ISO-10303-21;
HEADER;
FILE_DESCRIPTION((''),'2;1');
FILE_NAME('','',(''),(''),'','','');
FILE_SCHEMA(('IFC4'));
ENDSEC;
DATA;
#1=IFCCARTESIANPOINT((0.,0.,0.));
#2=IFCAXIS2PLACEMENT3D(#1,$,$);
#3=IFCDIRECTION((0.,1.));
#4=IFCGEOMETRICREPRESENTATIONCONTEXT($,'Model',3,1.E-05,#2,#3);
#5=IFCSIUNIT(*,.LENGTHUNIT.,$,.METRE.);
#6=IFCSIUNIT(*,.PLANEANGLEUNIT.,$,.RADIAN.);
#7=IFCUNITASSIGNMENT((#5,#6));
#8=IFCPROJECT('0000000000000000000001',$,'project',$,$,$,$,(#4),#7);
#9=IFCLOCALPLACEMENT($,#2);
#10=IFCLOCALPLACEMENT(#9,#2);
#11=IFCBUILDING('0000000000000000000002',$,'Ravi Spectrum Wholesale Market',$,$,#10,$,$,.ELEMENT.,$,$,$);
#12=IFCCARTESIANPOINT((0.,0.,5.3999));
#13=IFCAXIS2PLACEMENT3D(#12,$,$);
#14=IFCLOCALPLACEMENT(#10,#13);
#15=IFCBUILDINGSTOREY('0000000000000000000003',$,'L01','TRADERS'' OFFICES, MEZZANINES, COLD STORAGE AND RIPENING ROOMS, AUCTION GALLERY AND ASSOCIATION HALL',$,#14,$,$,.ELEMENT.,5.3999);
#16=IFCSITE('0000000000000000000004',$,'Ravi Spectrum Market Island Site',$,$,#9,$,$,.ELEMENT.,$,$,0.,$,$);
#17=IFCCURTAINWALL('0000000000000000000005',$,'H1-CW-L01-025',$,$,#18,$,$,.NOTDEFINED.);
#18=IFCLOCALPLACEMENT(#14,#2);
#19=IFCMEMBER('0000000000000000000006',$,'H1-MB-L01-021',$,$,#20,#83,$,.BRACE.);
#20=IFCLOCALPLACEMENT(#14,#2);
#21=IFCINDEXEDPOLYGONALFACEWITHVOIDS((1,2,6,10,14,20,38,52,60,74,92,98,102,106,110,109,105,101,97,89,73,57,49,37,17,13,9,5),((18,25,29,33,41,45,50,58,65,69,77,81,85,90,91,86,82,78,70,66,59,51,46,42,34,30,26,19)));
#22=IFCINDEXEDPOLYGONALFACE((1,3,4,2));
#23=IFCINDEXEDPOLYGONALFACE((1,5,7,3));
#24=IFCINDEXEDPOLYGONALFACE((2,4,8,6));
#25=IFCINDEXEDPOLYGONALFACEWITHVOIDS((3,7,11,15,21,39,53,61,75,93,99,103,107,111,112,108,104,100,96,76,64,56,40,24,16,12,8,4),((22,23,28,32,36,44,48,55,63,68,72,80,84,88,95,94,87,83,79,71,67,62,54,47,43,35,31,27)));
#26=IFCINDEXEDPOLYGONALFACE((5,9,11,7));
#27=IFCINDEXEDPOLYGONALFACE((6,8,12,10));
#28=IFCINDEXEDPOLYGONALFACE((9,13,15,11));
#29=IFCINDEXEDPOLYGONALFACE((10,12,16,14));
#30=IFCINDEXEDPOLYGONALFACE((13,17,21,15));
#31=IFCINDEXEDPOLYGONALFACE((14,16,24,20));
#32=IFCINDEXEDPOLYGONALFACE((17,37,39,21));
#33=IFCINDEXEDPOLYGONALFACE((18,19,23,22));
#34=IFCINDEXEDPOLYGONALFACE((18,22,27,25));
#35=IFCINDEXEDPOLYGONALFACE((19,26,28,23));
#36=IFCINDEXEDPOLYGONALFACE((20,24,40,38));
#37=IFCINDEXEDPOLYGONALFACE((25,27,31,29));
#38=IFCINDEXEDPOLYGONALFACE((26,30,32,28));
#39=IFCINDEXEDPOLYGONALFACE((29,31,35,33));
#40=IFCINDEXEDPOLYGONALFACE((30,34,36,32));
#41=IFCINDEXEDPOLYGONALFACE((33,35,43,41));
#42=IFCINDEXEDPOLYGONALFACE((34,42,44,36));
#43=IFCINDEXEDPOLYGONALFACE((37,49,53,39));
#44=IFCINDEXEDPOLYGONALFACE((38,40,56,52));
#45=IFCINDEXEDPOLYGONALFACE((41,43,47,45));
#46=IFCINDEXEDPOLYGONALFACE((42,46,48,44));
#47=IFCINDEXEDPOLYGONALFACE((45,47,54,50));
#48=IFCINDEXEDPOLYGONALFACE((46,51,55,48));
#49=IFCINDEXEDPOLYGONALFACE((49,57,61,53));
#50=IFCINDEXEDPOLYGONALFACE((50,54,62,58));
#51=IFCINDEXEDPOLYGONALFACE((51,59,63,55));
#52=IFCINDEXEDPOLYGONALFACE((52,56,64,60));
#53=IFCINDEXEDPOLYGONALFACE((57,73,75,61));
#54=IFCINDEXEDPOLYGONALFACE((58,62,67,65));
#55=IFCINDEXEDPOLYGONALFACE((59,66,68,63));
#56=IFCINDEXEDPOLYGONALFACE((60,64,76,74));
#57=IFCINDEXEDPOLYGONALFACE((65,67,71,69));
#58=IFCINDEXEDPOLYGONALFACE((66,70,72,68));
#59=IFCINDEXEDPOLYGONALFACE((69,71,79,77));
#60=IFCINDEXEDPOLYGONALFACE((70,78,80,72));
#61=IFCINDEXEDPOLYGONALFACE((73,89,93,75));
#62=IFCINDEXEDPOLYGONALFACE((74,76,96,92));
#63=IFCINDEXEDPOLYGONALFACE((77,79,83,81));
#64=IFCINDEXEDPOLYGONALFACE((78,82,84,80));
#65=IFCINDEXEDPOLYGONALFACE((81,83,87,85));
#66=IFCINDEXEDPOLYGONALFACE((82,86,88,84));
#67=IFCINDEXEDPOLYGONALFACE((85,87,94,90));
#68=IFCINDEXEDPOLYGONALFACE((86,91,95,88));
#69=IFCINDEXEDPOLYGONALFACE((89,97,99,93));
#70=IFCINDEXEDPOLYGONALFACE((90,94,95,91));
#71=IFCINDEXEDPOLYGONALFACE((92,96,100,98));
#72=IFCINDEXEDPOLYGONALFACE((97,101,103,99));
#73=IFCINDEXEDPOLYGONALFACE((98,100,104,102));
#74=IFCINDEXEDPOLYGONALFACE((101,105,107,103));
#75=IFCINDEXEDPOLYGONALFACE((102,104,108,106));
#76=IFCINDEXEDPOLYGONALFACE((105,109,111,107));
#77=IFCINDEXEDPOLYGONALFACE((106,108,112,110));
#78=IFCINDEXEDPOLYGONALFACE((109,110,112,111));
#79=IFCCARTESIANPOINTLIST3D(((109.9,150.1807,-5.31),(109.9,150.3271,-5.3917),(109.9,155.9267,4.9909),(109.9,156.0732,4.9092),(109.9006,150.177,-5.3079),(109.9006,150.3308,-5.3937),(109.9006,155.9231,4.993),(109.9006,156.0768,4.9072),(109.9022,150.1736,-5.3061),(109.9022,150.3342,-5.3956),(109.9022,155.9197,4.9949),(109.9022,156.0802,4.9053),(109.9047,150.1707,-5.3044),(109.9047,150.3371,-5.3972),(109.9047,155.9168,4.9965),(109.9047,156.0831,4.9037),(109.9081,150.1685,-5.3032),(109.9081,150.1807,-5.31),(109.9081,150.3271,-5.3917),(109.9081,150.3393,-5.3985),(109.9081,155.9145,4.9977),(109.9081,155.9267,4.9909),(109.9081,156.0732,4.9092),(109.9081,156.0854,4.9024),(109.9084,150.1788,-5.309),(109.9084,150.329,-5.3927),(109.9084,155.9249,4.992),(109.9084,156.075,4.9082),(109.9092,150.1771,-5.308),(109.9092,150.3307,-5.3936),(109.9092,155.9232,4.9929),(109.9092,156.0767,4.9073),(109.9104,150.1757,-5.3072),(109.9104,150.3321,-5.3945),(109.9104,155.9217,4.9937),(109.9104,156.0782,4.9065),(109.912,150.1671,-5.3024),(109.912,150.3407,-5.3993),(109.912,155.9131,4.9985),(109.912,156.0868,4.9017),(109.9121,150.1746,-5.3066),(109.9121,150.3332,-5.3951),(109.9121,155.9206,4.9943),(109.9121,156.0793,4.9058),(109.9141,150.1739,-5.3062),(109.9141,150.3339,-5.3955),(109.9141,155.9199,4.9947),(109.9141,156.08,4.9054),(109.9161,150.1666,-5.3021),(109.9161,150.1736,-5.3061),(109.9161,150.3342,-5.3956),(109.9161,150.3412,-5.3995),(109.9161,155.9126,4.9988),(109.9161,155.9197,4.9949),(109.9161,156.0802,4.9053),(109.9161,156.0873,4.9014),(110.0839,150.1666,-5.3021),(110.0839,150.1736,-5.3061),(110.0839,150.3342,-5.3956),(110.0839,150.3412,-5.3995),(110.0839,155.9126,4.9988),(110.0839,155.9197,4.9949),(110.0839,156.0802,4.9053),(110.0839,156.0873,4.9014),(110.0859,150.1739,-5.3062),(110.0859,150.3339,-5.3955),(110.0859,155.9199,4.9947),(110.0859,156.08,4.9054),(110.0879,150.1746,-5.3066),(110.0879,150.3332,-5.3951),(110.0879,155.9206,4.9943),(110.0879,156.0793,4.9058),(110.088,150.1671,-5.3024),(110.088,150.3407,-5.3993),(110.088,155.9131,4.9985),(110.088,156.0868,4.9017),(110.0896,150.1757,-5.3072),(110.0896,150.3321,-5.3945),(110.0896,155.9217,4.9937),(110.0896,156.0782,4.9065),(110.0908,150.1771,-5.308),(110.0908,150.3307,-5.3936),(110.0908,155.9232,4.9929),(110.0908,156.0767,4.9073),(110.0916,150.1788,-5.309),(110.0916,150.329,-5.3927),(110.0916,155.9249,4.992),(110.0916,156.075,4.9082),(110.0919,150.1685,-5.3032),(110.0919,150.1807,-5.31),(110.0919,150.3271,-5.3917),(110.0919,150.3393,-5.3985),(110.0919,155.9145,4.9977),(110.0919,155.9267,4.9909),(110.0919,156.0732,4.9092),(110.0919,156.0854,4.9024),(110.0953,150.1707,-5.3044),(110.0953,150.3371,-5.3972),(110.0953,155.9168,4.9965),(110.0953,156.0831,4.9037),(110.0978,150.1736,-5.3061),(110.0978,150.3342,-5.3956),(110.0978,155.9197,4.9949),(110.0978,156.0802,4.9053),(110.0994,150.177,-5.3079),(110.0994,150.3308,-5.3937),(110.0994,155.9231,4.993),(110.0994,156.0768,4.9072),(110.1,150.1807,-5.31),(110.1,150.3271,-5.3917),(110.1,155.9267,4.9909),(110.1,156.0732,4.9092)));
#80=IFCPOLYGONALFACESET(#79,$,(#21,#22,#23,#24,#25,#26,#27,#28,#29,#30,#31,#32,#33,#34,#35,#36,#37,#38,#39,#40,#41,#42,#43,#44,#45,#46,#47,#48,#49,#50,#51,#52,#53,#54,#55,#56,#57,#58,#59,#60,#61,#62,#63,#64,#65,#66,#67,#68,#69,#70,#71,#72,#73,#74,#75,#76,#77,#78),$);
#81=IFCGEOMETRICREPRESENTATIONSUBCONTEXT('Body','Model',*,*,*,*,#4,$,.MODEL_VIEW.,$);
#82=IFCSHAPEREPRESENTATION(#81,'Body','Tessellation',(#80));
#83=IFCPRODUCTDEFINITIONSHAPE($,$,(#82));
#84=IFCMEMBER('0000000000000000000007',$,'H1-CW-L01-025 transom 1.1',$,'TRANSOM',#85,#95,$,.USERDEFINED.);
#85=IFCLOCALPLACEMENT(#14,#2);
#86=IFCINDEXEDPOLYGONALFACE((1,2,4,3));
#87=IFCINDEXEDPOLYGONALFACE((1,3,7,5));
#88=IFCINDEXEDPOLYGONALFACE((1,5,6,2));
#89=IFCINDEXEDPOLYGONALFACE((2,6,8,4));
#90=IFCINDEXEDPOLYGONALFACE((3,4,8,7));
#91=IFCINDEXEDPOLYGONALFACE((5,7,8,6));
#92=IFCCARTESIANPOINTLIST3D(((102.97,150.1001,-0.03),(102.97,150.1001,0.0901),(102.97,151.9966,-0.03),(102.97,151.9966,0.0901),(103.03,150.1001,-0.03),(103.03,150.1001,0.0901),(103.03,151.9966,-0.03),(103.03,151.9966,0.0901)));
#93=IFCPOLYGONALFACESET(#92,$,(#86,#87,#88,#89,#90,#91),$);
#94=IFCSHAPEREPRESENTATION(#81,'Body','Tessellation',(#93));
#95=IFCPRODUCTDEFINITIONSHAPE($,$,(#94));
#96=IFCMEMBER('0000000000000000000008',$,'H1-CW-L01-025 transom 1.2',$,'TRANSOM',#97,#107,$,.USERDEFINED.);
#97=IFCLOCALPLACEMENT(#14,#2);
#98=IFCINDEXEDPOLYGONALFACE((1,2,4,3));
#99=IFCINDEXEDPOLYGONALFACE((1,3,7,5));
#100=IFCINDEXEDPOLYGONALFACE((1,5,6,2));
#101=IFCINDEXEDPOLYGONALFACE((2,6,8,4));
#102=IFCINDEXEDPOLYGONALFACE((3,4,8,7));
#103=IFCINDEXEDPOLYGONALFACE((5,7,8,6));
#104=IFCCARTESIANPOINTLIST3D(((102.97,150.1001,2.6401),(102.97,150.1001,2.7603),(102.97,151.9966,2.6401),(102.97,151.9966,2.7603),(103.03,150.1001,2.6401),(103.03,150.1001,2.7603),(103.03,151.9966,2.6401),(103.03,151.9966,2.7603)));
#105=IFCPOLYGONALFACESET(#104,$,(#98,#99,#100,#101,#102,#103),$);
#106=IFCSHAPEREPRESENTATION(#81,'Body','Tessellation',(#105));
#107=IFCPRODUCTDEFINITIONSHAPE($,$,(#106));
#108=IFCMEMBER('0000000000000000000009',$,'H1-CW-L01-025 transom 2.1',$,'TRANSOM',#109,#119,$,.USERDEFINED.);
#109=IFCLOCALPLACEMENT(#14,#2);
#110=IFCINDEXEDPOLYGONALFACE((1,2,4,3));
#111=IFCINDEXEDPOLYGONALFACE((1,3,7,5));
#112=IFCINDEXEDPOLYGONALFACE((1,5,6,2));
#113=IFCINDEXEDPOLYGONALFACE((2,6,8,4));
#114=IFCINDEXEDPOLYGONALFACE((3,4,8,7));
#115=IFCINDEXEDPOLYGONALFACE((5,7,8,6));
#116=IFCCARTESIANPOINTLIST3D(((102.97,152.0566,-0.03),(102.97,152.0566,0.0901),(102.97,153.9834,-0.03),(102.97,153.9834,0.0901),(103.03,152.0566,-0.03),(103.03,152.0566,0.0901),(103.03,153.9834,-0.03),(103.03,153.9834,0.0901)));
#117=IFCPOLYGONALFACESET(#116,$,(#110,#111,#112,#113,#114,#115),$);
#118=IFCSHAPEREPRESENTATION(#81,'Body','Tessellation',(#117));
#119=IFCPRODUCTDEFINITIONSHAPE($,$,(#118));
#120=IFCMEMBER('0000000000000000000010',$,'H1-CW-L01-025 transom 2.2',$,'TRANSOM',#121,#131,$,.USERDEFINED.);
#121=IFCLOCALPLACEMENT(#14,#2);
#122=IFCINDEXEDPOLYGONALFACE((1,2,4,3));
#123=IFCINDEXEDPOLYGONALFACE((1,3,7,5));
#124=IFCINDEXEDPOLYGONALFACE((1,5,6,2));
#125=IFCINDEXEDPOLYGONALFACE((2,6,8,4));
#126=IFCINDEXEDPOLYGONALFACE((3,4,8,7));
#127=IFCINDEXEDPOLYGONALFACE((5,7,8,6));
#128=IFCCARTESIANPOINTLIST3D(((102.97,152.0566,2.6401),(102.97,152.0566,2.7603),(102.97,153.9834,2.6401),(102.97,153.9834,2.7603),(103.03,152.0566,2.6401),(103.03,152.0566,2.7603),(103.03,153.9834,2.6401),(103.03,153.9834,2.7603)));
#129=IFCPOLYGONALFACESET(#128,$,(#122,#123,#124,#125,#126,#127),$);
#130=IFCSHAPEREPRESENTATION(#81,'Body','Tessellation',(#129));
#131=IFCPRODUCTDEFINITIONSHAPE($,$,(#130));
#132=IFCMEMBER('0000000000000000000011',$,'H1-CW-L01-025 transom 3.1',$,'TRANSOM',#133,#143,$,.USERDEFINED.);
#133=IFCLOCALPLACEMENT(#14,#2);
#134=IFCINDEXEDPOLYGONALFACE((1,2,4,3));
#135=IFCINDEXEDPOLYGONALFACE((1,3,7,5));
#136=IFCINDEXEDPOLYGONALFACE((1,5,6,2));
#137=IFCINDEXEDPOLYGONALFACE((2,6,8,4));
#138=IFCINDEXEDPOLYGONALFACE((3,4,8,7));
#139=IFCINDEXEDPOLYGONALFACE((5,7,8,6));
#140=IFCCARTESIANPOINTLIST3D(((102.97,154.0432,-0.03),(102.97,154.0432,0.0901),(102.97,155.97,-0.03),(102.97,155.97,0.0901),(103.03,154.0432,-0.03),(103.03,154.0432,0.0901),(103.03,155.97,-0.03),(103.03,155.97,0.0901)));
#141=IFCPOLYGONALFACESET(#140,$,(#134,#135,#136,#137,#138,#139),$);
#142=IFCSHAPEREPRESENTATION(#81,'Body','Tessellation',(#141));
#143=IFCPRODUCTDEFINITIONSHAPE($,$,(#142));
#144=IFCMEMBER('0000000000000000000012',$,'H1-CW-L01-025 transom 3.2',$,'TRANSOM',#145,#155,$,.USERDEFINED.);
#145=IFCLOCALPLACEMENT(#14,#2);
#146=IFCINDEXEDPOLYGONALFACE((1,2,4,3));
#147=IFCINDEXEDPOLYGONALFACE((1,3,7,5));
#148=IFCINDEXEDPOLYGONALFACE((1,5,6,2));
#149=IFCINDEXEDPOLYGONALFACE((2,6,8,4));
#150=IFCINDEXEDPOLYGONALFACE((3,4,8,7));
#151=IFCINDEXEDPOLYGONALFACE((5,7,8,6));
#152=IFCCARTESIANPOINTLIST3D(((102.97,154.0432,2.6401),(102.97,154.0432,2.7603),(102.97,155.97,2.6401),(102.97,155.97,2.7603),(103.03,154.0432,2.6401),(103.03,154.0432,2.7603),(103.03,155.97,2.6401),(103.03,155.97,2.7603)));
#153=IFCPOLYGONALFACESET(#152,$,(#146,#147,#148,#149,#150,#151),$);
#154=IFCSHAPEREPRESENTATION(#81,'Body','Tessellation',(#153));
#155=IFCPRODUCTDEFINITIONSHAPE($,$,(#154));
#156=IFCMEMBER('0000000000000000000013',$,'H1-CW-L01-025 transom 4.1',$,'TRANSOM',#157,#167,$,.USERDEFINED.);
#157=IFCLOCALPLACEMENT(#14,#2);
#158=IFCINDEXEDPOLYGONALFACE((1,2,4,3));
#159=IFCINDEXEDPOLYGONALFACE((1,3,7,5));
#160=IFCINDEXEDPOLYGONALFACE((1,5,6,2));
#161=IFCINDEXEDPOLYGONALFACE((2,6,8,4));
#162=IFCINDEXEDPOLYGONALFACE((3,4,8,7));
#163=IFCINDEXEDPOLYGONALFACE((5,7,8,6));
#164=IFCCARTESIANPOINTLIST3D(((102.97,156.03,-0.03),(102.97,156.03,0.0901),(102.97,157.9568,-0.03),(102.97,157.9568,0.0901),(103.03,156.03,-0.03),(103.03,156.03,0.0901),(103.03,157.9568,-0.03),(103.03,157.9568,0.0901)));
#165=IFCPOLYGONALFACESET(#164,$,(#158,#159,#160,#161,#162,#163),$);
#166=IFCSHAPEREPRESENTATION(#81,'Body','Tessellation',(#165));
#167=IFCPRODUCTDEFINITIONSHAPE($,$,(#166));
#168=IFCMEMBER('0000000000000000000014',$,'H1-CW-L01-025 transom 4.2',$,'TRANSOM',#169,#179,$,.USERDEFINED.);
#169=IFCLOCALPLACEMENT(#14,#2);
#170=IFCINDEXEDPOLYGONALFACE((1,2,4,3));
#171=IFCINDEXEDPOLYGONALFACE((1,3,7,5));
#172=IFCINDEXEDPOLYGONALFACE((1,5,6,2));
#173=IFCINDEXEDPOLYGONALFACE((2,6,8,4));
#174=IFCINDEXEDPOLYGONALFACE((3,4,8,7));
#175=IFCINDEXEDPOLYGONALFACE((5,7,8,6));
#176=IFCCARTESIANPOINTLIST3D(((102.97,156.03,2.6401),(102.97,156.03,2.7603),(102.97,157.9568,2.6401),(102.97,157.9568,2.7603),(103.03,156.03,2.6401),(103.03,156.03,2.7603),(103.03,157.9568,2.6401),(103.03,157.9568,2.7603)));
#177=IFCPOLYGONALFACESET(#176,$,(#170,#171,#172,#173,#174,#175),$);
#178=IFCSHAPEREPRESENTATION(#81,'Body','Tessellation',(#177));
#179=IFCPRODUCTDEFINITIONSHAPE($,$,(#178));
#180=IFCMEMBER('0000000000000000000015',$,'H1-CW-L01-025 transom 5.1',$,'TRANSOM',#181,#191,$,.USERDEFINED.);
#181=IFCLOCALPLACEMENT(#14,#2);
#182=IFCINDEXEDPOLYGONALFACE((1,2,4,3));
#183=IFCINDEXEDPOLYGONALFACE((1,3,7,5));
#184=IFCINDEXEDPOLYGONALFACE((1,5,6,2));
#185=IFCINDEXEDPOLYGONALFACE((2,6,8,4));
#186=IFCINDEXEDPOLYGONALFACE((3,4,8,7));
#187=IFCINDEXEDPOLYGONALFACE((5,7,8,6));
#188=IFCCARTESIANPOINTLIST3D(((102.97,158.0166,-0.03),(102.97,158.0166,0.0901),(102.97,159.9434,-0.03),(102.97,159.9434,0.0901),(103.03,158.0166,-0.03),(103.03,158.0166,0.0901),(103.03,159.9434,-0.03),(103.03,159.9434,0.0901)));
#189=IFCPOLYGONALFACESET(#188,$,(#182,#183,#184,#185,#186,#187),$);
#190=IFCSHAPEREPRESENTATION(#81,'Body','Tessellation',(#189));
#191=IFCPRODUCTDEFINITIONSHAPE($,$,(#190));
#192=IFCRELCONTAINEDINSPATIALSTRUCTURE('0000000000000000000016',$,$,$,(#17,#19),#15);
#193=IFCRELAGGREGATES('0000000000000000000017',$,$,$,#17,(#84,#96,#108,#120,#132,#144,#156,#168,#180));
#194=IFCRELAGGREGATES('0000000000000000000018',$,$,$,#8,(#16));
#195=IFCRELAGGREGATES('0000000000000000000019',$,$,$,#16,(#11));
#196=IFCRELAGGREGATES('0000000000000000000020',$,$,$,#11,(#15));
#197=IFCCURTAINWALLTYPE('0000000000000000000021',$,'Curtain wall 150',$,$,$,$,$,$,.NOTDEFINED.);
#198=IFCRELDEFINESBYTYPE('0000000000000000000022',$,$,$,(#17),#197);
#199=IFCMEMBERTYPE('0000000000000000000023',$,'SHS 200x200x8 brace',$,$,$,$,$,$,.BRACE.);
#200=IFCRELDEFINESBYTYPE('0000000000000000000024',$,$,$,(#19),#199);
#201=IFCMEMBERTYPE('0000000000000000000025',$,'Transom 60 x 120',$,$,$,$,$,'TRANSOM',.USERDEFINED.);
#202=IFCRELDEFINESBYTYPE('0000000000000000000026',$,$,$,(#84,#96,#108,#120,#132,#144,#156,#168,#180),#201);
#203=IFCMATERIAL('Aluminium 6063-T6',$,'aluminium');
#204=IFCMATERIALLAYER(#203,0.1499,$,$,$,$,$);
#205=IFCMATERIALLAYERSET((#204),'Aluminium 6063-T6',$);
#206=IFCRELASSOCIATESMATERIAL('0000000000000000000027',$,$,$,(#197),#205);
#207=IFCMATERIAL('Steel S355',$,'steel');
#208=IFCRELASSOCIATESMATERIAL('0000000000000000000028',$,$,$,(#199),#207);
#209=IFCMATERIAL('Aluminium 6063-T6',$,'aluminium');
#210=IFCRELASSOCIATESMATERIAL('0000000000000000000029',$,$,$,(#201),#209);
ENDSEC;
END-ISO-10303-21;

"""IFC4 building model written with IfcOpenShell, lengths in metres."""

from ifc_helpers import new_model, si_unit, direction, frame, origin, origin_2d, place, context, subcontext, project, spatial, rectangle, hollow_rectangle, extrude, material, layer, layer_set, material_profile, profile_set, type_object, element, aggregate, save


model = new_model("IFC4")

# Units and contexts
model_context = context("Model", 3, precision=1e-05, world=origin(), true_north=direction((0.0, 1.0)))
body_context = subcontext(model_context, "Body", "Model", "MODEL_VIEW")
ifc_project = project(units=[si_unit("LENGTHUNIT", "METRE"), si_unit("PLANEANGLEUNIT", "RADIAN")], contexts=[model_context])

# Site, building, storey
site_placement = place(None, origin())
site = spatial("IfcSite", under=ifc_project, at=site_placement, Name="Ravi Spectrum Market Island Site", CompositionType="ELEMENT", RefElevation=0.0)
building_placement = place(site_placement, origin())
building = spatial("IfcBuilding", under=site, at=building_placement, Name="Ravi Spectrum Wholesale Market", CompositionType="ELEMENT")
storey_placement = place(building_placement, frame((0.0, 0.0, 5.3999)))
storey = spatial("IfcBuildingStorey", under=building, at=storey_placement, Name="L01", Description="TRADERS' OFFICES, MEZZANINES, COLD STORAGE AND RIPENING ROOMS, AUCTION GALLERY AND ASSOCIATION HALL", CompositionType="ELEMENT", Elevation=5.3999)

# Shared definitions
ifc_material_1 = material(Name="Aluminium 6063-T6", Category="aluminium")
ifc_layer_1 = layer(ifc_material_1, 0.1499)
ifc_layer_set_1 = layer_set([ifc_layer_1], Name="Aluminium 6063-T6")
curtain_wall_type = type_object("IfcCurtainWallType", Name="Curtain wall 150", PredefinedType="NOTDEFINED", material=ifc_layer_set_1)

# Curtain wall
curtain_wall_1_placement = place(storey_placement, origin())
curtain_wall_1 = element("IfcCurtainWall", 1, at=curtain_wall_1_placement, inside=storey, type_object=curtain_wall_type, Name="H1-CW-L01-025", PredefinedType="NOTDEFINED")

# Members
ifc_material_2 = material(Name="Steel S355", Category="steel")
ifc_material_profile_1 = material_profile(ifc_material_2, hollow_rectangle(XDim=0.2, YDim=0.2, WallThickness=0.0081, InnerFilletRadius=0.0081, OuterFilletRadius=0.0161, at=origin_2d()))
ifc_profile_set_1 = profile_set([ifc_material_profile_1], Name="Steel S355")
member_type_1 = type_object("IfcMemberType", Name="SHS 200x200x8 brace", PredefinedType="BRACE", material=ifc_profile_set_1)
member_1_placement = place(storey_placement, frame((110.0, 150.2539, -5.3508), z_axis=(0.0, 0.487152, 0.873317), x_axis=(-1.0, 0.0, 0.0)))
element("IfcMember", 2, at=member_1_placement, inside=storey, type_object=member_type_1, Name="H1-MB-L01-021", PredefinedType="BRACE", context=body_context, shape_type="SweptSolid", body=[
    extrude(hollow_rectangle(XDim=0.2, YDim=0.2, WallThickness=0.0081, InnerFilletRadius=0.0081, OuterFilletRadius=0.0161, at=origin_2d()), origin(), (0.0, 0.0, 1.0), 11.7952),
])
ifc_material_3 = material(Name="Aluminium 6063-T6", Category="aluminium")
ifc_material_profile_2 = material_profile(ifc_material_3, rectangle(XDim=0.0601, YDim=0.1201, at=origin_2d()))
ifc_profile_set_2 = profile_set([ifc_material_profile_2], Name="Aluminium 6063-T6")
member_type_2 = type_object("IfcMemberType", Name="Transom 60 x 120", ElementType="TRANSOM", PredefinedType="USERDEFINED", material=ifc_profile_set_2)
member_2_placement = place(storey_placement, frame((103.0, 150.1001, 0.03), z_axis=(0.0, 1.0, 0.0), x_axis=(-1.0, 0.0, 0.0)))
member_2 = element("IfcMember", 3, at=member_2_placement, type_object=member_type_2, Name="H1-CW-L01-025 transom 1.1", ObjectType="TRANSOM", PredefinedType="USERDEFINED", context=body_context, shape_type="SweptSolid", body=[
    extrude(rectangle(XDim=0.0601, YDim=0.1201, at=origin_2d()), origin(), (0.0, 0.0, 1.0), 1.8965),
])
member_3_placement = place(storey_placement, frame((103.0, 150.1001, 2.7002), z_axis=(0.0, 1.0, 0.0), x_axis=(-1.0, 0.0, 0.0)))
member_3 = element("IfcMember", 4, at=member_3_placement, type_object=member_type_2, Name="H1-CW-L01-025 transom 1.2", ObjectType="TRANSOM", PredefinedType="USERDEFINED", context=body_context, shape_type="SweptSolid", body=[
    extrude(rectangle(XDim=0.0601, YDim=0.1201, at=origin_2d()), origin(), (0.0, 0.0, 1.0), 1.8965),
])
member_4_placement = place(storey_placement, frame((103.0, 152.0566, 0.03), z_axis=(0.0, 1.0, 0.0), x_axis=(-1.0, 0.0, 0.0)))
member_4 = element("IfcMember", 5, at=member_4_placement, type_object=member_type_2, Name="H1-CW-L01-025 transom 2.1", ObjectType="TRANSOM", PredefinedType="USERDEFINED", context=body_context, shape_type="SweptSolid", body=[
    extrude(rectangle(XDim=0.0601, YDim=0.1201, at=origin_2d()), origin(), (0.0, 0.0, 1.0), 1.9268),
])
member_5_placement = place(storey_placement, frame((103.0, 152.0566, 2.7002), z_axis=(0.0, 1.0, 0.0), x_axis=(-1.0, 0.0, 0.0)))
member_5 = element("IfcMember", 6, at=member_5_placement, type_object=member_type_2, Name="H1-CW-L01-025 transom 2.2", ObjectType="TRANSOM", PredefinedType="USERDEFINED", context=body_context, shape_type="SweptSolid", body=[
    extrude(rectangle(XDim=0.0601, YDim=0.1201, at=origin_2d()), origin(), (0.0, 0.0, 1.0), 1.9268),
])
member_6_placement = place(storey_placement, frame((103.0, 154.0432, 0.03), z_axis=(0.0, 1.0, 0.0), x_axis=(-1.0, 0.0, 0.0)))
member_6 = element("IfcMember", 7, at=member_6_placement, type_object=member_type_2, Name="H1-CW-L01-025 transom 3.1", ObjectType="TRANSOM", PredefinedType="USERDEFINED", context=body_context, shape_type="SweptSolid", body=[
    extrude(rectangle(XDim=0.0601, YDim=0.1201, at=origin_2d()), origin(), (0.0, 0.0, 1.0), 1.9268),
])
member_7_placement = place(storey_placement, frame((103.0, 154.0432, 2.7002), z_axis=(0.0, 1.0, 0.0), x_axis=(-1.0, 0.0, 0.0)))
member_7 = element("IfcMember", 8, at=member_7_placement, type_object=member_type_2, Name="H1-CW-L01-025 transom 3.2", ObjectType="TRANSOM", PredefinedType="USERDEFINED", context=body_context, shape_type="SweptSolid", body=[
    extrude(rectangle(XDim=0.0601, YDim=0.1201, at=origin_2d()), origin(), (0.0, 0.0, 1.0), 1.9268),
])
member_8_placement = place(storey_placement, frame((103.0, 156.03, 0.03), z_axis=(0.0, 1.0, 0.0), x_axis=(-1.0, 0.0, 0.0)))
member_8 = element("IfcMember", 9, at=member_8_placement, type_object=member_type_2, Name="H1-CW-L01-025 transom 4.1", ObjectType="TRANSOM", PredefinedType="USERDEFINED", context=body_context, shape_type="SweptSolid", body=[
    extrude(rectangle(XDim=0.0601, YDim=0.1201, at=origin_2d()), origin(), (0.0, 0.0, 1.0), 1.9268),
])
member_9_placement = place(storey_placement, frame((103.0, 156.03, 2.7002), z_axis=(0.0, 1.0, 0.0), x_axis=(-1.0, 0.0, 0.0)))
member_9 = element("IfcMember", 10, at=member_9_placement, type_object=member_type_2, Name="H1-CW-L01-025 transom 4.2", ObjectType="TRANSOM", PredefinedType="USERDEFINED", context=body_context, shape_type="SweptSolid", body=[
    extrude(rectangle(XDim=0.0601, YDim=0.1201, at=origin_2d()), origin(), (0.0, 0.0, 1.0), 1.9268),
])
member_10_placement = place(storey_placement, frame((103.0, 158.0166, 0.03), z_axis=(0.0, 1.0, 0.0), x_axis=(-1.0, 0.0, 0.0)))
member_10 = element("IfcMember", 11, at=member_10_placement, type_object=member_type_2, Name="H1-CW-L01-025 transom 5.1", ObjectType="TRANSOM", PredefinedType="USERDEFINED", context=body_context, shape_type="SweptSolid", body=[
    extrude(rectangle(XDim=0.0601, YDim=0.1201, at=origin_2d()), origin(), (0.0, 0.0, 1.0), 1.9268),
])

aggregate(curtain_wall_1, [member_2, member_3, member_4, member_5, member_6, member_7, member_8, member_9, member_10])

save(model, "model.ifc")
